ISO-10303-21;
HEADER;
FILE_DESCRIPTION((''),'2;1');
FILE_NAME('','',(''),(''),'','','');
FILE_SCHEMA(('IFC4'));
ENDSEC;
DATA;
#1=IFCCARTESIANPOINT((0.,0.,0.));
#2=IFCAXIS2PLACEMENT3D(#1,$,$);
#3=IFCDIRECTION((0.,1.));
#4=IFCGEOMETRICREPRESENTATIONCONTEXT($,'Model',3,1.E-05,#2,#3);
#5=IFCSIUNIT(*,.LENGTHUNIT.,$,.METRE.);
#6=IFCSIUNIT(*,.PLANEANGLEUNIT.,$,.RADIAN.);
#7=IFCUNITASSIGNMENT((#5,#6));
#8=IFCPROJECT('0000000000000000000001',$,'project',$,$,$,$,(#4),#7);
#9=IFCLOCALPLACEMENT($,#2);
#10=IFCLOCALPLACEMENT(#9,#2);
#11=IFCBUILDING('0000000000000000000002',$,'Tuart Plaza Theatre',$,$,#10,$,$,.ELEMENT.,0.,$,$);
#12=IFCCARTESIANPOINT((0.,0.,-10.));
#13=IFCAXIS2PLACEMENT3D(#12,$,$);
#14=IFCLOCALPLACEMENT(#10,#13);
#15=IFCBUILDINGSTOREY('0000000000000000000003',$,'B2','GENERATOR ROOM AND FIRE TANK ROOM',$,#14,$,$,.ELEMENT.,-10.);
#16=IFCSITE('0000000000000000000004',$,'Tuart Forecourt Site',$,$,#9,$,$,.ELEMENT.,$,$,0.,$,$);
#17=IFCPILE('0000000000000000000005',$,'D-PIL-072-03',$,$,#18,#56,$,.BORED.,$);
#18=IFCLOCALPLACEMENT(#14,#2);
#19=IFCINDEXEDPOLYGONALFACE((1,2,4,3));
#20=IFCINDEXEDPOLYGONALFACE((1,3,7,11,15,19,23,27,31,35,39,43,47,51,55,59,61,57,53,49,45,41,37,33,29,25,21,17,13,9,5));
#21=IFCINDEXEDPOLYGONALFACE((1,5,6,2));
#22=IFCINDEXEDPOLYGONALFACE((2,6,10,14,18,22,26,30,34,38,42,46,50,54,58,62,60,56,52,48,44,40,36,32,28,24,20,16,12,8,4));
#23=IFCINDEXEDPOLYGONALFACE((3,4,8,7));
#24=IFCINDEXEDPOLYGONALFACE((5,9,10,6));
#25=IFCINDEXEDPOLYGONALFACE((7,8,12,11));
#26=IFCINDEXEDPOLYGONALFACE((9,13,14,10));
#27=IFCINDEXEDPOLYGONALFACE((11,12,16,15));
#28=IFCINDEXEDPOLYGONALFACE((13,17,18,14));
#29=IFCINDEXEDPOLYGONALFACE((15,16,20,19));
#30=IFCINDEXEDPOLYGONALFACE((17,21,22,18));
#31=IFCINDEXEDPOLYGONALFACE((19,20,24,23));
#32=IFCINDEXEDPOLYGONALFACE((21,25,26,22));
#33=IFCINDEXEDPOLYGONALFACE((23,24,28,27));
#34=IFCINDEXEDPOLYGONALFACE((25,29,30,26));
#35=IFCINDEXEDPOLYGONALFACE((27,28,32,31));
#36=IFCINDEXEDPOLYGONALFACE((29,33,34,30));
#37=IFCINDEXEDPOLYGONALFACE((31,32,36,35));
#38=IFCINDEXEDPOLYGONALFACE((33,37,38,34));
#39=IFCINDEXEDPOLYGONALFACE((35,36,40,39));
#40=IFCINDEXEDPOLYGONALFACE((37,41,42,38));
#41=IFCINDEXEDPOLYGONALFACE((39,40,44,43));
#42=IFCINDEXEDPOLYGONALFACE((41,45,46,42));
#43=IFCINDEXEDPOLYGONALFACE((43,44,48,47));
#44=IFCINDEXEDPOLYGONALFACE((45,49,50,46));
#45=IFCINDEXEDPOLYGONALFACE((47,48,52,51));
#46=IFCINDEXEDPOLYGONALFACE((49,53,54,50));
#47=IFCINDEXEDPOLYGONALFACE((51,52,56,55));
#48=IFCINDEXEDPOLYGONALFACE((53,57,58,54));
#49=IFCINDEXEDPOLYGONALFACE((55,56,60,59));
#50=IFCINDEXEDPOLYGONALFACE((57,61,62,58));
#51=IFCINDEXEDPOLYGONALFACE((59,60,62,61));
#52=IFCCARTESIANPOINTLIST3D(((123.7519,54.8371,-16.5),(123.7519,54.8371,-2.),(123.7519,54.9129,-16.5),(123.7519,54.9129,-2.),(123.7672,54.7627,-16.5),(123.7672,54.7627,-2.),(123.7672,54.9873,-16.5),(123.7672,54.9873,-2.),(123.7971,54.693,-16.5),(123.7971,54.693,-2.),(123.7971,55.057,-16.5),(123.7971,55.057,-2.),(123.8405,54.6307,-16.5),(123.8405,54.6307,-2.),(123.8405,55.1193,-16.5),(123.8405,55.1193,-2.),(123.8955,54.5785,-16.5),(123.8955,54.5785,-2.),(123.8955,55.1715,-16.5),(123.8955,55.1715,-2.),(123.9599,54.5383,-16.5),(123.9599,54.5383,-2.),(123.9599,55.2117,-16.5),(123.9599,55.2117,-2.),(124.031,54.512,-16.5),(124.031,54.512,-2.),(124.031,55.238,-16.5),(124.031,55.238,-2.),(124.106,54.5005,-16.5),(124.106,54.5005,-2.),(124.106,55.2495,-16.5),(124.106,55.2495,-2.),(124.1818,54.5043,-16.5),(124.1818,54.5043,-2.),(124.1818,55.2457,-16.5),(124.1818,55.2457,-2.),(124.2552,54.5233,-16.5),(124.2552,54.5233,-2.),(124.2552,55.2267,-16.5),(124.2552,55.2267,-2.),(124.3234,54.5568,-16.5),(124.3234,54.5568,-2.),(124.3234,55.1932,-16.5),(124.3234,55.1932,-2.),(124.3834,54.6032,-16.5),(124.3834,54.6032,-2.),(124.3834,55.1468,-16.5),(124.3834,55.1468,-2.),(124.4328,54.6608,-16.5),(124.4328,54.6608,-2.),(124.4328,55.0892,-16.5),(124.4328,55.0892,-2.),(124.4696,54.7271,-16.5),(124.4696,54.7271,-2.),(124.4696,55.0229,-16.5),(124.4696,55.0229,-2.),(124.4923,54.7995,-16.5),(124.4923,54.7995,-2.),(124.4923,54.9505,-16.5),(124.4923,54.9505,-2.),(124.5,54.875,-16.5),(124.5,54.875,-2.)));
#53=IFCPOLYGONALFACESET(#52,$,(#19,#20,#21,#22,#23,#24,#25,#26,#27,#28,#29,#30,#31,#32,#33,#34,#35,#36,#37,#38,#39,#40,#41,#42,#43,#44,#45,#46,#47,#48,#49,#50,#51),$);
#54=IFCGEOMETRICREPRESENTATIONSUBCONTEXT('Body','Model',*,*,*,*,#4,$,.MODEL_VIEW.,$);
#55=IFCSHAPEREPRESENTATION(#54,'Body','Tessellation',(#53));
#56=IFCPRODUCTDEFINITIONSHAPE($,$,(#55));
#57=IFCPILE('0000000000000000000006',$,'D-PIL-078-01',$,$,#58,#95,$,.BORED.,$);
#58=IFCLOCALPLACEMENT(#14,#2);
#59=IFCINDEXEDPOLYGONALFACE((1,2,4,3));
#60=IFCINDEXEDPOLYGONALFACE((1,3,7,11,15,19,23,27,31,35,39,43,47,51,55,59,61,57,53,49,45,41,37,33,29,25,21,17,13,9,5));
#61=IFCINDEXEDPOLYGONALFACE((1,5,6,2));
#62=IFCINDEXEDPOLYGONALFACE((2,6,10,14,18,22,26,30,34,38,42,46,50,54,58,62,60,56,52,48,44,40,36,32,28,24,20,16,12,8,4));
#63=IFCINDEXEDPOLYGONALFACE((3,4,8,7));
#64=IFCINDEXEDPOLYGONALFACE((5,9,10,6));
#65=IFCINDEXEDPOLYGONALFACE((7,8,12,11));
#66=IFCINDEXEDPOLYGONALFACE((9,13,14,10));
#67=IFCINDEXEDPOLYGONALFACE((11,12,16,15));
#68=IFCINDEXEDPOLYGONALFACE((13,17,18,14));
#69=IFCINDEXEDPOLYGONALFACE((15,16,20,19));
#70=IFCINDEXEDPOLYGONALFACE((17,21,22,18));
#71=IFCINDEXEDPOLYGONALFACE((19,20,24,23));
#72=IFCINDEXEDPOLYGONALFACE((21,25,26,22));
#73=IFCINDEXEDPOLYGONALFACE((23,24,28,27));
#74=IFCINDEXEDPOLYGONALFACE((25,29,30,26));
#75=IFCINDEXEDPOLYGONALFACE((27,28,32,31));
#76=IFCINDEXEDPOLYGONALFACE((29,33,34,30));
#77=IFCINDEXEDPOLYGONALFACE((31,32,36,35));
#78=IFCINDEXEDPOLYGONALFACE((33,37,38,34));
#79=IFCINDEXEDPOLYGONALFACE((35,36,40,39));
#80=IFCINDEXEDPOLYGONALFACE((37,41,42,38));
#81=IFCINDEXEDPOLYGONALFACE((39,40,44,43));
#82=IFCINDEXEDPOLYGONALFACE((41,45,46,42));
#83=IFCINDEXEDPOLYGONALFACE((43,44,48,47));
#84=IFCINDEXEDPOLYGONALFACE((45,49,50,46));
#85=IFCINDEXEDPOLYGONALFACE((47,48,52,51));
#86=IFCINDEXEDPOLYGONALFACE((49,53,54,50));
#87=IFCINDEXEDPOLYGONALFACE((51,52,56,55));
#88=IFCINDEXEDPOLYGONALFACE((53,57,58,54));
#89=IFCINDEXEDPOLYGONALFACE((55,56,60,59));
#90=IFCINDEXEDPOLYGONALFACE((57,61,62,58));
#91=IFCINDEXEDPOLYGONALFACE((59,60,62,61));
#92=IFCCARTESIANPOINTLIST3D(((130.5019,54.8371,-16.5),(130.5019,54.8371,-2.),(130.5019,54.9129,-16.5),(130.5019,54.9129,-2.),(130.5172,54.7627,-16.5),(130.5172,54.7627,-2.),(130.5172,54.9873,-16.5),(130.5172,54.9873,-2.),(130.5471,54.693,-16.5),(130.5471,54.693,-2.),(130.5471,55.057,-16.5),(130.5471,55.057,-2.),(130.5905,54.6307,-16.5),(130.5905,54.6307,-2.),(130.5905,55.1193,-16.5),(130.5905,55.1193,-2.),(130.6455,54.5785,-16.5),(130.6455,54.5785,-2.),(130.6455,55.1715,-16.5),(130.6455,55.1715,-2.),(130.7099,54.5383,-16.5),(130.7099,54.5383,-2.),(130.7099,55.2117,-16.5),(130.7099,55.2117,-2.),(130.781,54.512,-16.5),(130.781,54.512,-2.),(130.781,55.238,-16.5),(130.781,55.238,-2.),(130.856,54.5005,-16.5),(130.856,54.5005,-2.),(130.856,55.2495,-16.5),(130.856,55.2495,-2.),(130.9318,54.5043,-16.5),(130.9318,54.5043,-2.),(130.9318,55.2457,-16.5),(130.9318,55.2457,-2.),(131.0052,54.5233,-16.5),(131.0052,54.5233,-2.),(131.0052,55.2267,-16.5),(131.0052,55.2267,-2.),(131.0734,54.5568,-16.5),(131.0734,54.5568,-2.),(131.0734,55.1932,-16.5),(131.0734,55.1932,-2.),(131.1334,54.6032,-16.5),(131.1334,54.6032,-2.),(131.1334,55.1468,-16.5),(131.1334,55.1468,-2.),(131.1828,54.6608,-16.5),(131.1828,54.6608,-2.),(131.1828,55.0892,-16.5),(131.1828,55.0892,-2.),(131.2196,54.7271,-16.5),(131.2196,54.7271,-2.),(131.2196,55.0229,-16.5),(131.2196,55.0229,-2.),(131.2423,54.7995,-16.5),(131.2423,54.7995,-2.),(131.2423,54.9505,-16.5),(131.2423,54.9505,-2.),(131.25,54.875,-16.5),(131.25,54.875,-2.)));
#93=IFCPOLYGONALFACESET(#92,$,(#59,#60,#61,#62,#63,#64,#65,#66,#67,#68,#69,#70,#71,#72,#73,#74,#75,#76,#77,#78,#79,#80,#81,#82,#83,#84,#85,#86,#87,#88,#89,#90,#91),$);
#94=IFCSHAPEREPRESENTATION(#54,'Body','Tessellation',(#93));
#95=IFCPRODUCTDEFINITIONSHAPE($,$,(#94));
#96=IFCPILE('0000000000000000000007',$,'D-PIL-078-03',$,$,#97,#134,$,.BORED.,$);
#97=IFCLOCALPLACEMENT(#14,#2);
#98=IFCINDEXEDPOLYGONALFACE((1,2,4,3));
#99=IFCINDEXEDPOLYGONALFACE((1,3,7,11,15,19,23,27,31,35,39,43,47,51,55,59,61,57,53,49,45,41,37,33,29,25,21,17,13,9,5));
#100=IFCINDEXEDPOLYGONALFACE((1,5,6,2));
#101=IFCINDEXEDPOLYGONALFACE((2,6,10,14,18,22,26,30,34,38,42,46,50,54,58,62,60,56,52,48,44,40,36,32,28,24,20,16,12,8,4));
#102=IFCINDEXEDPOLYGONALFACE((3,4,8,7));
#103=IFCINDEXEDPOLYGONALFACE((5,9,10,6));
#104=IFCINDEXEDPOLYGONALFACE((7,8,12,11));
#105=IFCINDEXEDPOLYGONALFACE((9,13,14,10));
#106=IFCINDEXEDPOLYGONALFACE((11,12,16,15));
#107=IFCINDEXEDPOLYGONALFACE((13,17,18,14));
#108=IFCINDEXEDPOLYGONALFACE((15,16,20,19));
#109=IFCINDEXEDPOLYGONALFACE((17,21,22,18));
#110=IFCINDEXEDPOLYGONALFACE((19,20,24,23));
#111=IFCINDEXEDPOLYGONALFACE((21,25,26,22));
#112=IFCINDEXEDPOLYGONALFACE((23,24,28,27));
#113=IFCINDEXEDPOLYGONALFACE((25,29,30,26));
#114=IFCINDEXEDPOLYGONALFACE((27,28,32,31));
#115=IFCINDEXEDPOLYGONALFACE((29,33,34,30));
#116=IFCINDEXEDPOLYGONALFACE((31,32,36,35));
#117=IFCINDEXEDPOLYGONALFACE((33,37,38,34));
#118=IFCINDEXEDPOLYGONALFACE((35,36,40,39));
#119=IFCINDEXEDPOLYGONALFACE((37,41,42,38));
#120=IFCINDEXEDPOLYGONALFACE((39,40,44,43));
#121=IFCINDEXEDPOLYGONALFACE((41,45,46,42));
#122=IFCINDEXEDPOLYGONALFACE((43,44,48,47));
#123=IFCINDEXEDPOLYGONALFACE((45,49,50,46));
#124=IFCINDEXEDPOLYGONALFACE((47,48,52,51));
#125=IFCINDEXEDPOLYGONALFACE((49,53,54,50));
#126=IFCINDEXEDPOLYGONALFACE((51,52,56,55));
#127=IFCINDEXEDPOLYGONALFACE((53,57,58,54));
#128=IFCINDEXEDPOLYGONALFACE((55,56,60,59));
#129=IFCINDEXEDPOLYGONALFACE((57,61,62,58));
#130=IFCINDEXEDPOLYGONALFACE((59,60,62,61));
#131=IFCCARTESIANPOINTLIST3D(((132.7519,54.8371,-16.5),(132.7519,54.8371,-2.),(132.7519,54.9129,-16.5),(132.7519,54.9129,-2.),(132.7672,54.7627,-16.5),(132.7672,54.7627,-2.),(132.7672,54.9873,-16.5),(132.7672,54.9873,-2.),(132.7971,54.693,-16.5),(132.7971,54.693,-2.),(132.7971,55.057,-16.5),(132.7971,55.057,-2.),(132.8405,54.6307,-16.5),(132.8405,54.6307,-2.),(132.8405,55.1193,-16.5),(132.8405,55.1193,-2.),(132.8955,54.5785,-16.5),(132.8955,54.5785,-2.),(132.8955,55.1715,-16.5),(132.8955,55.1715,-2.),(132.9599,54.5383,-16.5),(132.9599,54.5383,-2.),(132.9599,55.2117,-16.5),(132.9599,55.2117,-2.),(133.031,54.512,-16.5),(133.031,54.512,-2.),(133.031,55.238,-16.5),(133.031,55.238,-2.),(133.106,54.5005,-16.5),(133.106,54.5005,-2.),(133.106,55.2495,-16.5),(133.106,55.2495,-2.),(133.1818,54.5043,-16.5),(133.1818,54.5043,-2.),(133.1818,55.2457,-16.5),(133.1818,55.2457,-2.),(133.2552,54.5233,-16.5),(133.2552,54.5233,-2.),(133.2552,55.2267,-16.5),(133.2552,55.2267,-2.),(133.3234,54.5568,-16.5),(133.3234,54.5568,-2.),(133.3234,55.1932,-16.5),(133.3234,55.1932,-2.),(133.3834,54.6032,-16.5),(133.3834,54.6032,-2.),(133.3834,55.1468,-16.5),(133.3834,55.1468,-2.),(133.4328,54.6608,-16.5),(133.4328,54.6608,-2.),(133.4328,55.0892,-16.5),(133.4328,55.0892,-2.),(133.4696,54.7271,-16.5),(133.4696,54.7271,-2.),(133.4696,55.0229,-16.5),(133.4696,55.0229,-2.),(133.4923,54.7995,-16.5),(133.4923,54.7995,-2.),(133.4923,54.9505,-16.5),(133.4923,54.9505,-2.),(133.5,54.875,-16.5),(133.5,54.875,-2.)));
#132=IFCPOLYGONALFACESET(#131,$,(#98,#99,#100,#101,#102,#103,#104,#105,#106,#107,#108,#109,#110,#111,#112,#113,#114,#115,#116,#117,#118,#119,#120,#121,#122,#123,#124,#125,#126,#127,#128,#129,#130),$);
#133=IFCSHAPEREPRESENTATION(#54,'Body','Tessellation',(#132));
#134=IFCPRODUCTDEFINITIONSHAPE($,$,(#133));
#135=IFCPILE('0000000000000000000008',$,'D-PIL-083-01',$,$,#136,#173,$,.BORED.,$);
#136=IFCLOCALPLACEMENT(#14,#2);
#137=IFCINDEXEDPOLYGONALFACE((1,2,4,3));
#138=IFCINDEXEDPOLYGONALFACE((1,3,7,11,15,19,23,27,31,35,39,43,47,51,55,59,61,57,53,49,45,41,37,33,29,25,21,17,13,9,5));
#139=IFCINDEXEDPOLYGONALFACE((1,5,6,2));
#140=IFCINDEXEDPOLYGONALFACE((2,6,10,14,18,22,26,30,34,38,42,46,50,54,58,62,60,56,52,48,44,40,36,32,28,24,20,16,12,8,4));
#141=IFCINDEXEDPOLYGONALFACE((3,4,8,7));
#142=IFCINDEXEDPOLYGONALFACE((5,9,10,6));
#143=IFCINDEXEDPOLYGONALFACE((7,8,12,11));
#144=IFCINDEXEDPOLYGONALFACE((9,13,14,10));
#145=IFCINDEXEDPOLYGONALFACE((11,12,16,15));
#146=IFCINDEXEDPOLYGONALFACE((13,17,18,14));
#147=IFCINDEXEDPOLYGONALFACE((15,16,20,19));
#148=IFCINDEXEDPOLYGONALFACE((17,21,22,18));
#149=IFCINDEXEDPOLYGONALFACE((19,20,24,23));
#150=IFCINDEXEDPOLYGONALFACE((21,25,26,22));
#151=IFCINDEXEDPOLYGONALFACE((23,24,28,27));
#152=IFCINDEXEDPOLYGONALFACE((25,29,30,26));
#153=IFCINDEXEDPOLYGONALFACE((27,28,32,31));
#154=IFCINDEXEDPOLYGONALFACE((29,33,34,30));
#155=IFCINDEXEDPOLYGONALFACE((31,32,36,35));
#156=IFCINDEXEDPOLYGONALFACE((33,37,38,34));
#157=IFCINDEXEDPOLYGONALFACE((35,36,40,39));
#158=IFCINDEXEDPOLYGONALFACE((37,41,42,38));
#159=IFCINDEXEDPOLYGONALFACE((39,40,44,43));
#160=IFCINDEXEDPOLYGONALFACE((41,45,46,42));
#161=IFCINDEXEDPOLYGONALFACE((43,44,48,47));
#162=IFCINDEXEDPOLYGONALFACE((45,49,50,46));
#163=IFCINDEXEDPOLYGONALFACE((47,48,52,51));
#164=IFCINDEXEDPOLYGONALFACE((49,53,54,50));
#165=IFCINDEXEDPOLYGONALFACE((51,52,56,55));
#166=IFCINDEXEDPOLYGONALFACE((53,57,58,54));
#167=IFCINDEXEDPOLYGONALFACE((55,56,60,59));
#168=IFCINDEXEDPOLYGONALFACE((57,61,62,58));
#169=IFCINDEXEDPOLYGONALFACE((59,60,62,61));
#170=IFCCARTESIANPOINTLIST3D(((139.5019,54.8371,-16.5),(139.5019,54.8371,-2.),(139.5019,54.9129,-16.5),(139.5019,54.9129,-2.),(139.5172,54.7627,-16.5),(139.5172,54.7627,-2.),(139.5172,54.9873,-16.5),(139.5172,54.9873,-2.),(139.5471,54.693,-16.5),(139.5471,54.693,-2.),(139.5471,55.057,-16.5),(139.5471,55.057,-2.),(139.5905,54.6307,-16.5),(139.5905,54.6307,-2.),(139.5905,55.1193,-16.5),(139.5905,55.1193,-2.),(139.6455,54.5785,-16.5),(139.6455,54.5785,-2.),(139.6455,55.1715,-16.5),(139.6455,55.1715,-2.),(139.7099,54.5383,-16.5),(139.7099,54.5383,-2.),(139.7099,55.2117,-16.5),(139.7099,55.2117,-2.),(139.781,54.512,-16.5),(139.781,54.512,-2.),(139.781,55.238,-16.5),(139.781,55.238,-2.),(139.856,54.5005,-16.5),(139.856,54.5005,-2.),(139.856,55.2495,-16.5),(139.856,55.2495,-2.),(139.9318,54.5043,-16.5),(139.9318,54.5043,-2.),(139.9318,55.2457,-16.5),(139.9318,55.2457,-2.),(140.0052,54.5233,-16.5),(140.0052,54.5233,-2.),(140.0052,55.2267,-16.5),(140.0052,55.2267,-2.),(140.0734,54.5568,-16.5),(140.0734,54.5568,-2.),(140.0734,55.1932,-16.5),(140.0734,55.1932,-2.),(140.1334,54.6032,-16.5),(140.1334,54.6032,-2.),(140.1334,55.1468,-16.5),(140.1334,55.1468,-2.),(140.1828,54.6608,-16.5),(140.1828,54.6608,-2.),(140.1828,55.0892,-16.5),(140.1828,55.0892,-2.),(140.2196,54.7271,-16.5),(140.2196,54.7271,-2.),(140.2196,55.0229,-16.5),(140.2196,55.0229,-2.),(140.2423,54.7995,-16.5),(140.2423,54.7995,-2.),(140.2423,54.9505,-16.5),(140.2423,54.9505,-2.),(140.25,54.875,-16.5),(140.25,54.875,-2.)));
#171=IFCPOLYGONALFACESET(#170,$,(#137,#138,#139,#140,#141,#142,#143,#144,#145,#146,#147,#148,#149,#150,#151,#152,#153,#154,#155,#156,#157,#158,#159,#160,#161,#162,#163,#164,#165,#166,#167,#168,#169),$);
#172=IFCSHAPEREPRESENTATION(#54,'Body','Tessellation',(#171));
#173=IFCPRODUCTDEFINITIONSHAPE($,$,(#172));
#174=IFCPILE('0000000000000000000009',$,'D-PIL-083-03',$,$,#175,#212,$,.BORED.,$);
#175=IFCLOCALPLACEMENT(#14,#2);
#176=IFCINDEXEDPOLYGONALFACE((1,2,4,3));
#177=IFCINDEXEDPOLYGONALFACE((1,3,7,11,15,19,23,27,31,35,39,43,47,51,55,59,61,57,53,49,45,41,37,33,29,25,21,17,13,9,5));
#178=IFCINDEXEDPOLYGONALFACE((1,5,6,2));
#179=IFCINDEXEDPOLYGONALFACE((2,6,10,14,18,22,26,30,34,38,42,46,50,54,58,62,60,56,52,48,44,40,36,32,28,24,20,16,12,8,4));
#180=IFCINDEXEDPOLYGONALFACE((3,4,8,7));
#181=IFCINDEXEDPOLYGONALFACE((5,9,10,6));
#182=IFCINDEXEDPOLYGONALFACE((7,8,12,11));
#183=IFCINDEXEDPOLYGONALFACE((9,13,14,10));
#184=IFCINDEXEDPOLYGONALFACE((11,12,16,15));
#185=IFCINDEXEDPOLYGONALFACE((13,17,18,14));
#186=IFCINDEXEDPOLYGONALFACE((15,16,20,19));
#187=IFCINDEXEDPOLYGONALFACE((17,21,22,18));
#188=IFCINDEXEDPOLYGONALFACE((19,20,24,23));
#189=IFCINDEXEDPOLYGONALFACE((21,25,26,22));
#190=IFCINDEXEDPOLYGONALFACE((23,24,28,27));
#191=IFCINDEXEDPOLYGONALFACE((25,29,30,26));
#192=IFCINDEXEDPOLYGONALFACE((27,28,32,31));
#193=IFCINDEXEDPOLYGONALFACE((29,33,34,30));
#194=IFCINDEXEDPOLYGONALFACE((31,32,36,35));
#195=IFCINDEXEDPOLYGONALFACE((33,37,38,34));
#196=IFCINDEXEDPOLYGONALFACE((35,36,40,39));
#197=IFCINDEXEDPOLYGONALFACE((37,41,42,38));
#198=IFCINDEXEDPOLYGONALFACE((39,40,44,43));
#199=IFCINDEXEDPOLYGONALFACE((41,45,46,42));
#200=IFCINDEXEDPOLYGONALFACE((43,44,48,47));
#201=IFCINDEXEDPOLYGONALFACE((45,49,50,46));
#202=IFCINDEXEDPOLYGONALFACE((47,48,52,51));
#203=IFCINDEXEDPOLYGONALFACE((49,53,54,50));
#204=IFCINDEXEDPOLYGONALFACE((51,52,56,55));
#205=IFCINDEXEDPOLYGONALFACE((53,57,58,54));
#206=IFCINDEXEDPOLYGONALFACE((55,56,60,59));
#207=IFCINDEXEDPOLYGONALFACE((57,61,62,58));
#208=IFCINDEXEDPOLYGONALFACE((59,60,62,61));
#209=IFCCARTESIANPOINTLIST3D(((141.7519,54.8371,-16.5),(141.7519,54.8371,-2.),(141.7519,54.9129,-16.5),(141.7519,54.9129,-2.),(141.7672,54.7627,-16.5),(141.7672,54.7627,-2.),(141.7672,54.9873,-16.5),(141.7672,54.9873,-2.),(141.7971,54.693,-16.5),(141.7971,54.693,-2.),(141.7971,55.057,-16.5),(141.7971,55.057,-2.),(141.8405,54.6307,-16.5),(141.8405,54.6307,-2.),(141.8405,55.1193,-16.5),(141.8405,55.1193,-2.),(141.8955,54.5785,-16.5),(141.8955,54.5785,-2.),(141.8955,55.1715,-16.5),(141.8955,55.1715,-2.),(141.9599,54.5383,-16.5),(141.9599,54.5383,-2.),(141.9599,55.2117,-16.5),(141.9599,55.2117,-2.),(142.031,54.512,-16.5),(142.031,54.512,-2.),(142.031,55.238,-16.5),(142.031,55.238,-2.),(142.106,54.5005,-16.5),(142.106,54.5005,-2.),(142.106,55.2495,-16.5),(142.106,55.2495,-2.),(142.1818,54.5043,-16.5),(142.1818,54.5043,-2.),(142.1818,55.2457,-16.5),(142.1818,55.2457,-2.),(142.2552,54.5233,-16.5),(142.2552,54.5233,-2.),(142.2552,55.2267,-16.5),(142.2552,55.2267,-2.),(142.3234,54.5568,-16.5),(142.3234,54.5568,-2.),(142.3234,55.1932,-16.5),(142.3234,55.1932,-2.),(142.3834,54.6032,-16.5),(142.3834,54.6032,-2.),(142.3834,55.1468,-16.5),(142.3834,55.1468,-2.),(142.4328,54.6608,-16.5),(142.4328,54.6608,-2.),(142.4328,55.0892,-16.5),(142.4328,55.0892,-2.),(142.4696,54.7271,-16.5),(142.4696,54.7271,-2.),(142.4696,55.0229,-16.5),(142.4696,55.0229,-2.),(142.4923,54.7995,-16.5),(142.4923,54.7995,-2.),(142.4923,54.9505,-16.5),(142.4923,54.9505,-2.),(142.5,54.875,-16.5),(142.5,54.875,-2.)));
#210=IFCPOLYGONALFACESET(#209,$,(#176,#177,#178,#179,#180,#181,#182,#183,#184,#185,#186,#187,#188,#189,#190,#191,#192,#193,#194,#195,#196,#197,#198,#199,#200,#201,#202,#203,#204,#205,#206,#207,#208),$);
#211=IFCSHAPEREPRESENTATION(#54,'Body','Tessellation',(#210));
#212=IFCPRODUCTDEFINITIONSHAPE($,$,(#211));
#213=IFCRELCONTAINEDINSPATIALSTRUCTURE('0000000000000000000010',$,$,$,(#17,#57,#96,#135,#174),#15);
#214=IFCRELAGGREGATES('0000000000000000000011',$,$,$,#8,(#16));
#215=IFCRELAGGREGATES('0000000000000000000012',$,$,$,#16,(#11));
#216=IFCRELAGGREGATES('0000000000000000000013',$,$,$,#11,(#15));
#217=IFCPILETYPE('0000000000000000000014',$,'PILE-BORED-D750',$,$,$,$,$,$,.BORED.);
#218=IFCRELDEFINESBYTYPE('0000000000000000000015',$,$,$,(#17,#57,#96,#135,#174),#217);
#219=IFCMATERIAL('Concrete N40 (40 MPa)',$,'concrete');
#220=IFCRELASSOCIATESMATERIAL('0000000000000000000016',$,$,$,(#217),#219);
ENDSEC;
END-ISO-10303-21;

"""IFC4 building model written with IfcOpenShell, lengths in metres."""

from ifc_helpers import new_model, si_unit, direction, frame, origin, origin_2d, place, context, subcontext, project, spatial, circle, extrude, material, material_profile, profile_set, type_object, element, save


model = new_model("IFC4")

# Units and contexts
model_context = context("Model", 3, precision=1e-05, world=origin(), true_north=direction((0.0, 1.0)))
body_context = subcontext(model_context, "Body", "Model", "MODEL_VIEW")
ifc_project = project(units=[si_unit("LENGTHUNIT", "METRE"), si_unit("PLANEANGLEUNIT", "RADIAN")], contexts=[model_context])

# Site, building, storey
site_placement = place(None, origin())
site = spatial("IfcSite", under=ifc_project, at=site_placement, Name="Tuart Forecourt Site", CompositionType="ELEMENT", RefElevation=0.0)
building_placement = place(site_placement, origin())
building = spatial("IfcBuilding", under=site, at=building_placement, Name="Tuart Plaza Theatre", CompositionType="ELEMENT", ElevationOfRefHeight=0.0)
storey_placement = place(building_placement, frame((0.0, 0.0, -10.0)))
storey = spatial("IfcBuildingStorey", under=building, at=storey_placement, Name="B2", Description="GENERATOR ROOM AND FIRE TANK ROOM", CompositionType="ELEMENT", Elevation=-10.0)

# Piles
ifc_material_1 = material(Name="Concrete N40 (40 MPa)", Category="concrete")
ifc_material_profile_1 = material_profile(ifc_material_1, circle(Radius=0.375, at=origin_2d()), Name="PILE-BORED-D750")
ifc_profile_set_1 = profile_set([ifc_material_profile_1], Name="Concrete N40 (40 MPa)")
pile_type_1 = type_object("IfcPileType", Name="PILE-BORED-D750", PredefinedType="BORED", material=ifc_profile_set_1)
for number, where, z_axis, x_axis, name in (
    (1, (124.125, 54.875, -2.0), (0.0, 0.0, -1.0), (1.0, 0.0, 0.0), "D-PIL-072-03"),
    (2, (130.875, 54.875, -2.0), (0.0, 0.0, -1.0), (1.0, 0.0, 0.0), "D-PIL-078-01"),
    (3, (133.125, 54.875, -2.0), (0.0, 0.0, -1.0), (1.0, 0.0, 0.0), "D-PIL-078-03"),
    (4, (139.875, 54.875, -2.0), (0.0, 0.0, -1.0), (1.0, 0.0, 0.0), "D-PIL-083-01"),
    (5, (142.125, 54.875, -2.0), (0.0, 0.0, -1.0), (1.0, 0.0, 0.0), "D-PIL-083-03"),
):
    element("IfcPile", number, at=place(storey_placement, frame(where, z_axis=z_axis, x_axis=x_axis)), inside=storey, type_object=pile_type_1, Name=name, PredefinedType="BORED", context=body_context, shape_type="SweptSolid", body=[
        extrude(circle(Radius=0.375, at=origin_2d()), origin(), (0.0, 0.0, 1.0), 14.5),
    ])

save(model, "model.ifc")
